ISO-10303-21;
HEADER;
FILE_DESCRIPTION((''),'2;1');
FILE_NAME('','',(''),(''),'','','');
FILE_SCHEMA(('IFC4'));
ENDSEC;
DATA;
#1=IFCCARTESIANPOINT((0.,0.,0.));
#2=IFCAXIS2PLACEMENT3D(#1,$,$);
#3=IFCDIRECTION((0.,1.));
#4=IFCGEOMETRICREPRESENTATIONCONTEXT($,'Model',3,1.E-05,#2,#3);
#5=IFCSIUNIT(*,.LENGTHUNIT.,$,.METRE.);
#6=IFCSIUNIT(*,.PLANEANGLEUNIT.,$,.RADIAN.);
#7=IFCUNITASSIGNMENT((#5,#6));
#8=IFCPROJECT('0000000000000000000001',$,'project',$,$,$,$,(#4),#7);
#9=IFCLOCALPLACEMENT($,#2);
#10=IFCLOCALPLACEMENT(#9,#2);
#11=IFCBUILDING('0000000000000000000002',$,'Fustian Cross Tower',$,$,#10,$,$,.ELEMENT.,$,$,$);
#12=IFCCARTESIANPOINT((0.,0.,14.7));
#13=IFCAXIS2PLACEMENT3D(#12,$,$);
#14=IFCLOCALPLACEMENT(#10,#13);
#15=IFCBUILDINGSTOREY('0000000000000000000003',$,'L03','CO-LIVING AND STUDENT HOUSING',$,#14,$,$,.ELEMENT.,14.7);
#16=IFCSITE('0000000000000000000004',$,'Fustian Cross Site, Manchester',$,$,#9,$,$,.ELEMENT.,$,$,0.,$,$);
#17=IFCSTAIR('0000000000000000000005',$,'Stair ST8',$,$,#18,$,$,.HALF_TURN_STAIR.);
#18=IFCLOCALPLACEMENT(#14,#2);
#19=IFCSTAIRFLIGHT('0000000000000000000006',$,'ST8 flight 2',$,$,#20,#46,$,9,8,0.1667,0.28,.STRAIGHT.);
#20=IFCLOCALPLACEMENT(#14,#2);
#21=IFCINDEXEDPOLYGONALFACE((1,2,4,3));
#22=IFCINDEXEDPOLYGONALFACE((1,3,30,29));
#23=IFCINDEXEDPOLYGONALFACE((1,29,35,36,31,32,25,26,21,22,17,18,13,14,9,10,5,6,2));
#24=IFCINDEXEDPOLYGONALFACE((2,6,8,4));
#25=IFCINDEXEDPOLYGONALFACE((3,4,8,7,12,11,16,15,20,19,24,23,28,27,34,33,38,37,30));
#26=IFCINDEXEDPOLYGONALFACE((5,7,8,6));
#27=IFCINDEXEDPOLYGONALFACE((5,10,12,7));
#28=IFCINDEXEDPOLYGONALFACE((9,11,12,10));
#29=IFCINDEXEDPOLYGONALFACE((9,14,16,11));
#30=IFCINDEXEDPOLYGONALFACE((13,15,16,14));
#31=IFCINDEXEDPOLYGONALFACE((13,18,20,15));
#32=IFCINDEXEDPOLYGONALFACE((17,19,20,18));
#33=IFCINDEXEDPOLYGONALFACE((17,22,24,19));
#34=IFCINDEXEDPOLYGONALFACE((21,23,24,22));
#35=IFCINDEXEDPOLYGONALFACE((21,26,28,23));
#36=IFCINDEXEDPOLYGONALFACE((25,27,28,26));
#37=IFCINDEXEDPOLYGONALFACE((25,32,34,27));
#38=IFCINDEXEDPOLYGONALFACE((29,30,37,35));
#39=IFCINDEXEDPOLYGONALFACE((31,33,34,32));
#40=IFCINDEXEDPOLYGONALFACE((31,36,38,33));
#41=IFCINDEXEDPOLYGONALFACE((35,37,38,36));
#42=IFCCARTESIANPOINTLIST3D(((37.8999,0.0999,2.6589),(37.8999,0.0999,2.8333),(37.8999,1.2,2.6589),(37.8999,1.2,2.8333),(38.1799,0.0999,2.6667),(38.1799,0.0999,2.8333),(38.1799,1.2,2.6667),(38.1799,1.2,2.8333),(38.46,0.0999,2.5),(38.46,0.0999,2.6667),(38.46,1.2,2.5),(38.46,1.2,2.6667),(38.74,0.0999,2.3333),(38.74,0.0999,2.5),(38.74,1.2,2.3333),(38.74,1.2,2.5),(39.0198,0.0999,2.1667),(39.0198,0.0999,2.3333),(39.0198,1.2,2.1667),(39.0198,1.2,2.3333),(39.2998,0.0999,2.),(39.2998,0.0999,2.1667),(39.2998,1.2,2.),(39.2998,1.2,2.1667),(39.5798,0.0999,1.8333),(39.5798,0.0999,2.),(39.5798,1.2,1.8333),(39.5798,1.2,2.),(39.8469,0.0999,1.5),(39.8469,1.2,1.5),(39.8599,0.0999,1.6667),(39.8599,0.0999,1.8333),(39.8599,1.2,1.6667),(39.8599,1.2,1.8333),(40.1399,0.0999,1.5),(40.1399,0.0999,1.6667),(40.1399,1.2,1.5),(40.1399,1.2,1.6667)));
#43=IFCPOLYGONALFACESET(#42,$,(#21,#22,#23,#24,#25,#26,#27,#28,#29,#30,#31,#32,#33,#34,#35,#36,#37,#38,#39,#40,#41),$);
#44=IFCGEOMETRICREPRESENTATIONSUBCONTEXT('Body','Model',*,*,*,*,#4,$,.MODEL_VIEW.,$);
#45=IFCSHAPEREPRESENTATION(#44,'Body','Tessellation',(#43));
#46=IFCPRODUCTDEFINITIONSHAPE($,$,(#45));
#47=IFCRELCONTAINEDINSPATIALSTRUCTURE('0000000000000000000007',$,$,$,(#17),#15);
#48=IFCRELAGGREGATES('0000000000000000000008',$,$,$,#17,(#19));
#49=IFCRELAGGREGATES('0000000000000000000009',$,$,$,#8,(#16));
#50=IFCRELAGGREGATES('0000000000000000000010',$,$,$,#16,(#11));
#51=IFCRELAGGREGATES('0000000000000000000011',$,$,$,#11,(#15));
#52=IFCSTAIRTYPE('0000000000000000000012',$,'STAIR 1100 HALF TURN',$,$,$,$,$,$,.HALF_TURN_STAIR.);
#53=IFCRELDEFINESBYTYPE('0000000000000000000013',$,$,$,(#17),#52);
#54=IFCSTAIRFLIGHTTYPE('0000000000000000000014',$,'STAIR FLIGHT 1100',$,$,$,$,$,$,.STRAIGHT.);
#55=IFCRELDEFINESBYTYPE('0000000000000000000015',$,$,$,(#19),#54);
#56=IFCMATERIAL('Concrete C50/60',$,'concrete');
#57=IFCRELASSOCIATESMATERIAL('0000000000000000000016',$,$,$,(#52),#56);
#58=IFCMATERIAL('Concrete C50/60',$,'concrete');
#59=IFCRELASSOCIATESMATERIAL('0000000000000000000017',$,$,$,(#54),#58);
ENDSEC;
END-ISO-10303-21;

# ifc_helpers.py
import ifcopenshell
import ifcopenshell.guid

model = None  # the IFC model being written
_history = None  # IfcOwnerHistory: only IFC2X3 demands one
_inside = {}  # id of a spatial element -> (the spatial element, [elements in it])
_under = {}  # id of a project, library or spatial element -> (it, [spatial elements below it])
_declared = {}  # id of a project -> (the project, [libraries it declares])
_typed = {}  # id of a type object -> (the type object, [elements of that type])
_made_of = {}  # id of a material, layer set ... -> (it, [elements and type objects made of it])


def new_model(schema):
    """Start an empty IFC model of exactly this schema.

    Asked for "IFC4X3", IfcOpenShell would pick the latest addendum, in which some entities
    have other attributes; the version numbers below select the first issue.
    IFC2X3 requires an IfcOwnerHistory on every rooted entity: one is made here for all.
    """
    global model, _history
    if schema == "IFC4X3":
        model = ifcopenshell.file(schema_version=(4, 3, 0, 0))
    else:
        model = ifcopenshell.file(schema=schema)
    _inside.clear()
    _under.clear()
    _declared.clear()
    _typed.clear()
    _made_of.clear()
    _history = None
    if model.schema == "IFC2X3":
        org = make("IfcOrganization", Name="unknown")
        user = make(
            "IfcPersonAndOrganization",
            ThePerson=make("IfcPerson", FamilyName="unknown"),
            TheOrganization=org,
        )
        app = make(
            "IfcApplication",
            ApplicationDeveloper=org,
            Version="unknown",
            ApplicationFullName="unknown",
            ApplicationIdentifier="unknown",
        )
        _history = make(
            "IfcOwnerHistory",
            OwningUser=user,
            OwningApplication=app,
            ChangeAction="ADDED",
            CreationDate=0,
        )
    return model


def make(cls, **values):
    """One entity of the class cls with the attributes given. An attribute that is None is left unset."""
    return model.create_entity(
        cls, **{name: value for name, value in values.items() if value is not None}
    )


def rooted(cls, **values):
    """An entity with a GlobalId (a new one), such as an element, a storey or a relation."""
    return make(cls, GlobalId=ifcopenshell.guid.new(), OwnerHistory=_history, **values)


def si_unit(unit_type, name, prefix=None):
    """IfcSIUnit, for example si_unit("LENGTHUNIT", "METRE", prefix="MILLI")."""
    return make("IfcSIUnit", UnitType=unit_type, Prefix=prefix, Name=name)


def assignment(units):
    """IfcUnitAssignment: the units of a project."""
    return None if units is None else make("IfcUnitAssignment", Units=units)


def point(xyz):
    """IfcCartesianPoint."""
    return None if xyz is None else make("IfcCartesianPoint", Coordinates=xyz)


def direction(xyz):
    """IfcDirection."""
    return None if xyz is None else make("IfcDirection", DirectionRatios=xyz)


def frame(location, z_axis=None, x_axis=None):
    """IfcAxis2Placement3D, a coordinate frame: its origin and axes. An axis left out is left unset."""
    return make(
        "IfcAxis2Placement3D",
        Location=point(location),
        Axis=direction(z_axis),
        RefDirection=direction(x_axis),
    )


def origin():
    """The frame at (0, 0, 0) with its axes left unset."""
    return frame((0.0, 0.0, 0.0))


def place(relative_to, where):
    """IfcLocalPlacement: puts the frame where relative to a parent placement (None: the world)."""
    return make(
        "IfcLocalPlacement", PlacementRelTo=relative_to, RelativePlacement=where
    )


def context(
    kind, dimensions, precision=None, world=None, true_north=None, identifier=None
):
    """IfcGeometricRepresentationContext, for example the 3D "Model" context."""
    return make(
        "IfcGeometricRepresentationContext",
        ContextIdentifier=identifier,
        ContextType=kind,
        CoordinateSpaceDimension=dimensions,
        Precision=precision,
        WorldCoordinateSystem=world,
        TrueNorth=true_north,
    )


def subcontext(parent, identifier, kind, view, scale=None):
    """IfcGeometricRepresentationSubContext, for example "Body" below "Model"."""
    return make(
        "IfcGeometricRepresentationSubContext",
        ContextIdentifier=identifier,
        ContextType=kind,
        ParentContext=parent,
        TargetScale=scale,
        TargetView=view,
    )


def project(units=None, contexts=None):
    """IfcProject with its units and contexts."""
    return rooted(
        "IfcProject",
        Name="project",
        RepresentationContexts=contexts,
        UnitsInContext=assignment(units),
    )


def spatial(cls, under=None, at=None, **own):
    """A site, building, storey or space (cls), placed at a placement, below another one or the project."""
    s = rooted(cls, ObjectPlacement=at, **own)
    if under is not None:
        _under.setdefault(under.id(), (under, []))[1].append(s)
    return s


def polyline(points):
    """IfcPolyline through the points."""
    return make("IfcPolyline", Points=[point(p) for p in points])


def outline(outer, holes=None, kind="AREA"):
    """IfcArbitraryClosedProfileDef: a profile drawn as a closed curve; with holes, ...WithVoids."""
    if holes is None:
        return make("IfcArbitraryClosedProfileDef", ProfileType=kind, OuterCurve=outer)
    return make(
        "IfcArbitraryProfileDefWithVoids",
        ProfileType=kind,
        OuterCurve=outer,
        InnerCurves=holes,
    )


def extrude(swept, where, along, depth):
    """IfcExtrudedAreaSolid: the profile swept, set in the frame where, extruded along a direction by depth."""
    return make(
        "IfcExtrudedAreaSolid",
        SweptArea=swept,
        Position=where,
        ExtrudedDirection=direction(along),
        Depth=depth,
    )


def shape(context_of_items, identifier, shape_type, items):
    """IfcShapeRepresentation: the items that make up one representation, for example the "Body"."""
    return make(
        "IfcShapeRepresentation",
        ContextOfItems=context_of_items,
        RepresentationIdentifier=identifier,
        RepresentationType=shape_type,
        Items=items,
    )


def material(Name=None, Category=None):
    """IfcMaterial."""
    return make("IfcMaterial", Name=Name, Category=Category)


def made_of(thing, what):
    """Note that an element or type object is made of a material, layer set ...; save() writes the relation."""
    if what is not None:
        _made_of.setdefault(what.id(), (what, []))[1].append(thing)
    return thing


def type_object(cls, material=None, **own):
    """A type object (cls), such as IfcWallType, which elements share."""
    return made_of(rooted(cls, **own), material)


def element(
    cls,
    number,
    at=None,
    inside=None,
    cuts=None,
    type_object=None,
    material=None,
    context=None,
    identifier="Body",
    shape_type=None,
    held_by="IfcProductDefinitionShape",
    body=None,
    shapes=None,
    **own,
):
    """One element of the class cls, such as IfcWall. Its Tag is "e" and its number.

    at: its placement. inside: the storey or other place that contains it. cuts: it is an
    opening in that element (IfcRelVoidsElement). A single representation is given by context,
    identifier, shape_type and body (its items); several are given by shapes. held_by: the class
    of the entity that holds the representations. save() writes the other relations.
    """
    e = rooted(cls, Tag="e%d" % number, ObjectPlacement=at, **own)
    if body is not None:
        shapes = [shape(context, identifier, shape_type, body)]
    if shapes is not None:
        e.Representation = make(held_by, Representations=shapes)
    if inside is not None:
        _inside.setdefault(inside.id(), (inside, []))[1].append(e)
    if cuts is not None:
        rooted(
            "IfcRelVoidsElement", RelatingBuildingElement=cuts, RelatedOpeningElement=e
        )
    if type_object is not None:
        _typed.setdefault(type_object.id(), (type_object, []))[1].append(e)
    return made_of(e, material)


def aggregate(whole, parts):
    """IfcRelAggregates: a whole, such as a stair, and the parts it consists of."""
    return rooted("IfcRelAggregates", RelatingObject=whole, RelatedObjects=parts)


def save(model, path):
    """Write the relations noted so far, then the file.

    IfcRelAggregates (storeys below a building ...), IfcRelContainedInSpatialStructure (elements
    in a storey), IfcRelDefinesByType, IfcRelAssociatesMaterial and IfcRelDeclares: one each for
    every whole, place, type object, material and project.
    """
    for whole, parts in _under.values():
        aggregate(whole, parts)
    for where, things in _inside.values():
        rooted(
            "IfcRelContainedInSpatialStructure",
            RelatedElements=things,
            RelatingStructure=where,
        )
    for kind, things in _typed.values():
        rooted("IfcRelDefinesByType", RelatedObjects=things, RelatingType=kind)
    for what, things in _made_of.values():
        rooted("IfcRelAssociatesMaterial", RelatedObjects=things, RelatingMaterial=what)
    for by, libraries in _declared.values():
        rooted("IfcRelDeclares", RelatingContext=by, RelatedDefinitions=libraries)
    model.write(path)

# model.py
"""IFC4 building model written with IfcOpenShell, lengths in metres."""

from ifc_helpers import new_model, si_unit, direction, frame, origin, place, context, subcontext, project, spatial, polyline, outline, extrude, material, type_object, element, aggregate, save


model = new_model("IFC4")

# Units and contexts
model_context = context("Model", 3, precision=1e-05, world=origin(), true_north=direction((0.0, 1.0)))
body_context = subcontext(model_context, "Body", "Model", "MODEL_VIEW")
ifc_project = project(units=[si_unit("LENGTHUNIT", "METRE"), si_unit("PLANEANGLEUNIT", "RADIAN")], contexts=[model_context])

# Site, building, storey
site_placement = place(None, origin())
site = spatial("IfcSite", under=ifc_project, at=site_placement, Name="Fustian Cross Site, Manchester", CompositionType="ELEMENT", RefElevation=0.0)
building_placement = place(site_placement, origin())
building = spatial("IfcBuilding", under=site, at=building_placement, Name="Fustian Cross Tower", CompositionType="ELEMENT")
storey_placement = place(building_placement, frame((0.0, 0.0, 14.7)))
storey = spatial("IfcBuildingStorey", under=building, at=storey_placement, Name="L03", Description="CO-LIVING AND STUDENT HOUSING", CompositionType="ELEMENT", Elevation=14.7)

# Stair, stair flight
ifc_material_1 = material(Name="Concrete C50/60", Category="concrete")
stair_type = type_object("IfcStairType", Name="STAIR 1100 HALF TURN", PredefinedType="HALF_TURN_STAIR", material=ifc_material_1)
stair_placement = place(storey_placement, origin())
stair = element("IfcStair", 1, at=stair_placement, inside=storey, type_object=stair_type, Name="Stair ST8", PredefinedType="HALF_TURN_STAIR")
ifc_material_2 = material(Name="Concrete C50/60", Category="concrete")
stair_flight_type = type_object("IfcStairFlightType", Name="STAIR FLIGHT 1100", PredefinedType="STRAIGHT", material=ifc_material_2)
stair_flight_placement = place(storey_placement, frame((40.1399, 0.6499, 1.5), z_axis=(0.0, 0.0, 1.0), x_axis=(-1.0, 0.0, 0.0)))
stair_flight = element("IfcStairFlight", 2, at=stair_flight_placement, type_object=stair_flight_type, Name="ST8 flight 2", NumberOfRisers=9, NumberOfTreads=8, PredefinedType="STRAIGHT", RiserHeight=0.1667, TreadLength=0.28, context=body_context, shape_type="SweptSolid", body=[
    extrude(outline(polyline([(0.0, 0.0), (0.0, 0.1667), (0.28, 0.1667), (0.28, 0.3333), (0.5601, 0.3333), (0.5601, 0.5), (0.8401, 0.5), (0.8401, 0.6667), (1.1201, 0.6667), (1.1201, 0.8333), (1.3999, 0.8333), (1.3999, 1.0), (1.6799, 1.0), (1.6799, 1.1667), (1.96, 1.1667), (1.96, 1.3333), (2.24, 1.3333), (2.24, 1.5), (2.24, 1.1589), (0.293, 0.0), (0.0, 0.0)])), frame((0.0, 0.55, 0.0), z_axis=(0.0, -1.0, 0.0), x_axis=(1.0, 0.0, 0.0)), (0.0, 0.0, 1.0), 1.1001),
])
aggregate(stair, [stair_flight])

save(model, "model.ifc")
